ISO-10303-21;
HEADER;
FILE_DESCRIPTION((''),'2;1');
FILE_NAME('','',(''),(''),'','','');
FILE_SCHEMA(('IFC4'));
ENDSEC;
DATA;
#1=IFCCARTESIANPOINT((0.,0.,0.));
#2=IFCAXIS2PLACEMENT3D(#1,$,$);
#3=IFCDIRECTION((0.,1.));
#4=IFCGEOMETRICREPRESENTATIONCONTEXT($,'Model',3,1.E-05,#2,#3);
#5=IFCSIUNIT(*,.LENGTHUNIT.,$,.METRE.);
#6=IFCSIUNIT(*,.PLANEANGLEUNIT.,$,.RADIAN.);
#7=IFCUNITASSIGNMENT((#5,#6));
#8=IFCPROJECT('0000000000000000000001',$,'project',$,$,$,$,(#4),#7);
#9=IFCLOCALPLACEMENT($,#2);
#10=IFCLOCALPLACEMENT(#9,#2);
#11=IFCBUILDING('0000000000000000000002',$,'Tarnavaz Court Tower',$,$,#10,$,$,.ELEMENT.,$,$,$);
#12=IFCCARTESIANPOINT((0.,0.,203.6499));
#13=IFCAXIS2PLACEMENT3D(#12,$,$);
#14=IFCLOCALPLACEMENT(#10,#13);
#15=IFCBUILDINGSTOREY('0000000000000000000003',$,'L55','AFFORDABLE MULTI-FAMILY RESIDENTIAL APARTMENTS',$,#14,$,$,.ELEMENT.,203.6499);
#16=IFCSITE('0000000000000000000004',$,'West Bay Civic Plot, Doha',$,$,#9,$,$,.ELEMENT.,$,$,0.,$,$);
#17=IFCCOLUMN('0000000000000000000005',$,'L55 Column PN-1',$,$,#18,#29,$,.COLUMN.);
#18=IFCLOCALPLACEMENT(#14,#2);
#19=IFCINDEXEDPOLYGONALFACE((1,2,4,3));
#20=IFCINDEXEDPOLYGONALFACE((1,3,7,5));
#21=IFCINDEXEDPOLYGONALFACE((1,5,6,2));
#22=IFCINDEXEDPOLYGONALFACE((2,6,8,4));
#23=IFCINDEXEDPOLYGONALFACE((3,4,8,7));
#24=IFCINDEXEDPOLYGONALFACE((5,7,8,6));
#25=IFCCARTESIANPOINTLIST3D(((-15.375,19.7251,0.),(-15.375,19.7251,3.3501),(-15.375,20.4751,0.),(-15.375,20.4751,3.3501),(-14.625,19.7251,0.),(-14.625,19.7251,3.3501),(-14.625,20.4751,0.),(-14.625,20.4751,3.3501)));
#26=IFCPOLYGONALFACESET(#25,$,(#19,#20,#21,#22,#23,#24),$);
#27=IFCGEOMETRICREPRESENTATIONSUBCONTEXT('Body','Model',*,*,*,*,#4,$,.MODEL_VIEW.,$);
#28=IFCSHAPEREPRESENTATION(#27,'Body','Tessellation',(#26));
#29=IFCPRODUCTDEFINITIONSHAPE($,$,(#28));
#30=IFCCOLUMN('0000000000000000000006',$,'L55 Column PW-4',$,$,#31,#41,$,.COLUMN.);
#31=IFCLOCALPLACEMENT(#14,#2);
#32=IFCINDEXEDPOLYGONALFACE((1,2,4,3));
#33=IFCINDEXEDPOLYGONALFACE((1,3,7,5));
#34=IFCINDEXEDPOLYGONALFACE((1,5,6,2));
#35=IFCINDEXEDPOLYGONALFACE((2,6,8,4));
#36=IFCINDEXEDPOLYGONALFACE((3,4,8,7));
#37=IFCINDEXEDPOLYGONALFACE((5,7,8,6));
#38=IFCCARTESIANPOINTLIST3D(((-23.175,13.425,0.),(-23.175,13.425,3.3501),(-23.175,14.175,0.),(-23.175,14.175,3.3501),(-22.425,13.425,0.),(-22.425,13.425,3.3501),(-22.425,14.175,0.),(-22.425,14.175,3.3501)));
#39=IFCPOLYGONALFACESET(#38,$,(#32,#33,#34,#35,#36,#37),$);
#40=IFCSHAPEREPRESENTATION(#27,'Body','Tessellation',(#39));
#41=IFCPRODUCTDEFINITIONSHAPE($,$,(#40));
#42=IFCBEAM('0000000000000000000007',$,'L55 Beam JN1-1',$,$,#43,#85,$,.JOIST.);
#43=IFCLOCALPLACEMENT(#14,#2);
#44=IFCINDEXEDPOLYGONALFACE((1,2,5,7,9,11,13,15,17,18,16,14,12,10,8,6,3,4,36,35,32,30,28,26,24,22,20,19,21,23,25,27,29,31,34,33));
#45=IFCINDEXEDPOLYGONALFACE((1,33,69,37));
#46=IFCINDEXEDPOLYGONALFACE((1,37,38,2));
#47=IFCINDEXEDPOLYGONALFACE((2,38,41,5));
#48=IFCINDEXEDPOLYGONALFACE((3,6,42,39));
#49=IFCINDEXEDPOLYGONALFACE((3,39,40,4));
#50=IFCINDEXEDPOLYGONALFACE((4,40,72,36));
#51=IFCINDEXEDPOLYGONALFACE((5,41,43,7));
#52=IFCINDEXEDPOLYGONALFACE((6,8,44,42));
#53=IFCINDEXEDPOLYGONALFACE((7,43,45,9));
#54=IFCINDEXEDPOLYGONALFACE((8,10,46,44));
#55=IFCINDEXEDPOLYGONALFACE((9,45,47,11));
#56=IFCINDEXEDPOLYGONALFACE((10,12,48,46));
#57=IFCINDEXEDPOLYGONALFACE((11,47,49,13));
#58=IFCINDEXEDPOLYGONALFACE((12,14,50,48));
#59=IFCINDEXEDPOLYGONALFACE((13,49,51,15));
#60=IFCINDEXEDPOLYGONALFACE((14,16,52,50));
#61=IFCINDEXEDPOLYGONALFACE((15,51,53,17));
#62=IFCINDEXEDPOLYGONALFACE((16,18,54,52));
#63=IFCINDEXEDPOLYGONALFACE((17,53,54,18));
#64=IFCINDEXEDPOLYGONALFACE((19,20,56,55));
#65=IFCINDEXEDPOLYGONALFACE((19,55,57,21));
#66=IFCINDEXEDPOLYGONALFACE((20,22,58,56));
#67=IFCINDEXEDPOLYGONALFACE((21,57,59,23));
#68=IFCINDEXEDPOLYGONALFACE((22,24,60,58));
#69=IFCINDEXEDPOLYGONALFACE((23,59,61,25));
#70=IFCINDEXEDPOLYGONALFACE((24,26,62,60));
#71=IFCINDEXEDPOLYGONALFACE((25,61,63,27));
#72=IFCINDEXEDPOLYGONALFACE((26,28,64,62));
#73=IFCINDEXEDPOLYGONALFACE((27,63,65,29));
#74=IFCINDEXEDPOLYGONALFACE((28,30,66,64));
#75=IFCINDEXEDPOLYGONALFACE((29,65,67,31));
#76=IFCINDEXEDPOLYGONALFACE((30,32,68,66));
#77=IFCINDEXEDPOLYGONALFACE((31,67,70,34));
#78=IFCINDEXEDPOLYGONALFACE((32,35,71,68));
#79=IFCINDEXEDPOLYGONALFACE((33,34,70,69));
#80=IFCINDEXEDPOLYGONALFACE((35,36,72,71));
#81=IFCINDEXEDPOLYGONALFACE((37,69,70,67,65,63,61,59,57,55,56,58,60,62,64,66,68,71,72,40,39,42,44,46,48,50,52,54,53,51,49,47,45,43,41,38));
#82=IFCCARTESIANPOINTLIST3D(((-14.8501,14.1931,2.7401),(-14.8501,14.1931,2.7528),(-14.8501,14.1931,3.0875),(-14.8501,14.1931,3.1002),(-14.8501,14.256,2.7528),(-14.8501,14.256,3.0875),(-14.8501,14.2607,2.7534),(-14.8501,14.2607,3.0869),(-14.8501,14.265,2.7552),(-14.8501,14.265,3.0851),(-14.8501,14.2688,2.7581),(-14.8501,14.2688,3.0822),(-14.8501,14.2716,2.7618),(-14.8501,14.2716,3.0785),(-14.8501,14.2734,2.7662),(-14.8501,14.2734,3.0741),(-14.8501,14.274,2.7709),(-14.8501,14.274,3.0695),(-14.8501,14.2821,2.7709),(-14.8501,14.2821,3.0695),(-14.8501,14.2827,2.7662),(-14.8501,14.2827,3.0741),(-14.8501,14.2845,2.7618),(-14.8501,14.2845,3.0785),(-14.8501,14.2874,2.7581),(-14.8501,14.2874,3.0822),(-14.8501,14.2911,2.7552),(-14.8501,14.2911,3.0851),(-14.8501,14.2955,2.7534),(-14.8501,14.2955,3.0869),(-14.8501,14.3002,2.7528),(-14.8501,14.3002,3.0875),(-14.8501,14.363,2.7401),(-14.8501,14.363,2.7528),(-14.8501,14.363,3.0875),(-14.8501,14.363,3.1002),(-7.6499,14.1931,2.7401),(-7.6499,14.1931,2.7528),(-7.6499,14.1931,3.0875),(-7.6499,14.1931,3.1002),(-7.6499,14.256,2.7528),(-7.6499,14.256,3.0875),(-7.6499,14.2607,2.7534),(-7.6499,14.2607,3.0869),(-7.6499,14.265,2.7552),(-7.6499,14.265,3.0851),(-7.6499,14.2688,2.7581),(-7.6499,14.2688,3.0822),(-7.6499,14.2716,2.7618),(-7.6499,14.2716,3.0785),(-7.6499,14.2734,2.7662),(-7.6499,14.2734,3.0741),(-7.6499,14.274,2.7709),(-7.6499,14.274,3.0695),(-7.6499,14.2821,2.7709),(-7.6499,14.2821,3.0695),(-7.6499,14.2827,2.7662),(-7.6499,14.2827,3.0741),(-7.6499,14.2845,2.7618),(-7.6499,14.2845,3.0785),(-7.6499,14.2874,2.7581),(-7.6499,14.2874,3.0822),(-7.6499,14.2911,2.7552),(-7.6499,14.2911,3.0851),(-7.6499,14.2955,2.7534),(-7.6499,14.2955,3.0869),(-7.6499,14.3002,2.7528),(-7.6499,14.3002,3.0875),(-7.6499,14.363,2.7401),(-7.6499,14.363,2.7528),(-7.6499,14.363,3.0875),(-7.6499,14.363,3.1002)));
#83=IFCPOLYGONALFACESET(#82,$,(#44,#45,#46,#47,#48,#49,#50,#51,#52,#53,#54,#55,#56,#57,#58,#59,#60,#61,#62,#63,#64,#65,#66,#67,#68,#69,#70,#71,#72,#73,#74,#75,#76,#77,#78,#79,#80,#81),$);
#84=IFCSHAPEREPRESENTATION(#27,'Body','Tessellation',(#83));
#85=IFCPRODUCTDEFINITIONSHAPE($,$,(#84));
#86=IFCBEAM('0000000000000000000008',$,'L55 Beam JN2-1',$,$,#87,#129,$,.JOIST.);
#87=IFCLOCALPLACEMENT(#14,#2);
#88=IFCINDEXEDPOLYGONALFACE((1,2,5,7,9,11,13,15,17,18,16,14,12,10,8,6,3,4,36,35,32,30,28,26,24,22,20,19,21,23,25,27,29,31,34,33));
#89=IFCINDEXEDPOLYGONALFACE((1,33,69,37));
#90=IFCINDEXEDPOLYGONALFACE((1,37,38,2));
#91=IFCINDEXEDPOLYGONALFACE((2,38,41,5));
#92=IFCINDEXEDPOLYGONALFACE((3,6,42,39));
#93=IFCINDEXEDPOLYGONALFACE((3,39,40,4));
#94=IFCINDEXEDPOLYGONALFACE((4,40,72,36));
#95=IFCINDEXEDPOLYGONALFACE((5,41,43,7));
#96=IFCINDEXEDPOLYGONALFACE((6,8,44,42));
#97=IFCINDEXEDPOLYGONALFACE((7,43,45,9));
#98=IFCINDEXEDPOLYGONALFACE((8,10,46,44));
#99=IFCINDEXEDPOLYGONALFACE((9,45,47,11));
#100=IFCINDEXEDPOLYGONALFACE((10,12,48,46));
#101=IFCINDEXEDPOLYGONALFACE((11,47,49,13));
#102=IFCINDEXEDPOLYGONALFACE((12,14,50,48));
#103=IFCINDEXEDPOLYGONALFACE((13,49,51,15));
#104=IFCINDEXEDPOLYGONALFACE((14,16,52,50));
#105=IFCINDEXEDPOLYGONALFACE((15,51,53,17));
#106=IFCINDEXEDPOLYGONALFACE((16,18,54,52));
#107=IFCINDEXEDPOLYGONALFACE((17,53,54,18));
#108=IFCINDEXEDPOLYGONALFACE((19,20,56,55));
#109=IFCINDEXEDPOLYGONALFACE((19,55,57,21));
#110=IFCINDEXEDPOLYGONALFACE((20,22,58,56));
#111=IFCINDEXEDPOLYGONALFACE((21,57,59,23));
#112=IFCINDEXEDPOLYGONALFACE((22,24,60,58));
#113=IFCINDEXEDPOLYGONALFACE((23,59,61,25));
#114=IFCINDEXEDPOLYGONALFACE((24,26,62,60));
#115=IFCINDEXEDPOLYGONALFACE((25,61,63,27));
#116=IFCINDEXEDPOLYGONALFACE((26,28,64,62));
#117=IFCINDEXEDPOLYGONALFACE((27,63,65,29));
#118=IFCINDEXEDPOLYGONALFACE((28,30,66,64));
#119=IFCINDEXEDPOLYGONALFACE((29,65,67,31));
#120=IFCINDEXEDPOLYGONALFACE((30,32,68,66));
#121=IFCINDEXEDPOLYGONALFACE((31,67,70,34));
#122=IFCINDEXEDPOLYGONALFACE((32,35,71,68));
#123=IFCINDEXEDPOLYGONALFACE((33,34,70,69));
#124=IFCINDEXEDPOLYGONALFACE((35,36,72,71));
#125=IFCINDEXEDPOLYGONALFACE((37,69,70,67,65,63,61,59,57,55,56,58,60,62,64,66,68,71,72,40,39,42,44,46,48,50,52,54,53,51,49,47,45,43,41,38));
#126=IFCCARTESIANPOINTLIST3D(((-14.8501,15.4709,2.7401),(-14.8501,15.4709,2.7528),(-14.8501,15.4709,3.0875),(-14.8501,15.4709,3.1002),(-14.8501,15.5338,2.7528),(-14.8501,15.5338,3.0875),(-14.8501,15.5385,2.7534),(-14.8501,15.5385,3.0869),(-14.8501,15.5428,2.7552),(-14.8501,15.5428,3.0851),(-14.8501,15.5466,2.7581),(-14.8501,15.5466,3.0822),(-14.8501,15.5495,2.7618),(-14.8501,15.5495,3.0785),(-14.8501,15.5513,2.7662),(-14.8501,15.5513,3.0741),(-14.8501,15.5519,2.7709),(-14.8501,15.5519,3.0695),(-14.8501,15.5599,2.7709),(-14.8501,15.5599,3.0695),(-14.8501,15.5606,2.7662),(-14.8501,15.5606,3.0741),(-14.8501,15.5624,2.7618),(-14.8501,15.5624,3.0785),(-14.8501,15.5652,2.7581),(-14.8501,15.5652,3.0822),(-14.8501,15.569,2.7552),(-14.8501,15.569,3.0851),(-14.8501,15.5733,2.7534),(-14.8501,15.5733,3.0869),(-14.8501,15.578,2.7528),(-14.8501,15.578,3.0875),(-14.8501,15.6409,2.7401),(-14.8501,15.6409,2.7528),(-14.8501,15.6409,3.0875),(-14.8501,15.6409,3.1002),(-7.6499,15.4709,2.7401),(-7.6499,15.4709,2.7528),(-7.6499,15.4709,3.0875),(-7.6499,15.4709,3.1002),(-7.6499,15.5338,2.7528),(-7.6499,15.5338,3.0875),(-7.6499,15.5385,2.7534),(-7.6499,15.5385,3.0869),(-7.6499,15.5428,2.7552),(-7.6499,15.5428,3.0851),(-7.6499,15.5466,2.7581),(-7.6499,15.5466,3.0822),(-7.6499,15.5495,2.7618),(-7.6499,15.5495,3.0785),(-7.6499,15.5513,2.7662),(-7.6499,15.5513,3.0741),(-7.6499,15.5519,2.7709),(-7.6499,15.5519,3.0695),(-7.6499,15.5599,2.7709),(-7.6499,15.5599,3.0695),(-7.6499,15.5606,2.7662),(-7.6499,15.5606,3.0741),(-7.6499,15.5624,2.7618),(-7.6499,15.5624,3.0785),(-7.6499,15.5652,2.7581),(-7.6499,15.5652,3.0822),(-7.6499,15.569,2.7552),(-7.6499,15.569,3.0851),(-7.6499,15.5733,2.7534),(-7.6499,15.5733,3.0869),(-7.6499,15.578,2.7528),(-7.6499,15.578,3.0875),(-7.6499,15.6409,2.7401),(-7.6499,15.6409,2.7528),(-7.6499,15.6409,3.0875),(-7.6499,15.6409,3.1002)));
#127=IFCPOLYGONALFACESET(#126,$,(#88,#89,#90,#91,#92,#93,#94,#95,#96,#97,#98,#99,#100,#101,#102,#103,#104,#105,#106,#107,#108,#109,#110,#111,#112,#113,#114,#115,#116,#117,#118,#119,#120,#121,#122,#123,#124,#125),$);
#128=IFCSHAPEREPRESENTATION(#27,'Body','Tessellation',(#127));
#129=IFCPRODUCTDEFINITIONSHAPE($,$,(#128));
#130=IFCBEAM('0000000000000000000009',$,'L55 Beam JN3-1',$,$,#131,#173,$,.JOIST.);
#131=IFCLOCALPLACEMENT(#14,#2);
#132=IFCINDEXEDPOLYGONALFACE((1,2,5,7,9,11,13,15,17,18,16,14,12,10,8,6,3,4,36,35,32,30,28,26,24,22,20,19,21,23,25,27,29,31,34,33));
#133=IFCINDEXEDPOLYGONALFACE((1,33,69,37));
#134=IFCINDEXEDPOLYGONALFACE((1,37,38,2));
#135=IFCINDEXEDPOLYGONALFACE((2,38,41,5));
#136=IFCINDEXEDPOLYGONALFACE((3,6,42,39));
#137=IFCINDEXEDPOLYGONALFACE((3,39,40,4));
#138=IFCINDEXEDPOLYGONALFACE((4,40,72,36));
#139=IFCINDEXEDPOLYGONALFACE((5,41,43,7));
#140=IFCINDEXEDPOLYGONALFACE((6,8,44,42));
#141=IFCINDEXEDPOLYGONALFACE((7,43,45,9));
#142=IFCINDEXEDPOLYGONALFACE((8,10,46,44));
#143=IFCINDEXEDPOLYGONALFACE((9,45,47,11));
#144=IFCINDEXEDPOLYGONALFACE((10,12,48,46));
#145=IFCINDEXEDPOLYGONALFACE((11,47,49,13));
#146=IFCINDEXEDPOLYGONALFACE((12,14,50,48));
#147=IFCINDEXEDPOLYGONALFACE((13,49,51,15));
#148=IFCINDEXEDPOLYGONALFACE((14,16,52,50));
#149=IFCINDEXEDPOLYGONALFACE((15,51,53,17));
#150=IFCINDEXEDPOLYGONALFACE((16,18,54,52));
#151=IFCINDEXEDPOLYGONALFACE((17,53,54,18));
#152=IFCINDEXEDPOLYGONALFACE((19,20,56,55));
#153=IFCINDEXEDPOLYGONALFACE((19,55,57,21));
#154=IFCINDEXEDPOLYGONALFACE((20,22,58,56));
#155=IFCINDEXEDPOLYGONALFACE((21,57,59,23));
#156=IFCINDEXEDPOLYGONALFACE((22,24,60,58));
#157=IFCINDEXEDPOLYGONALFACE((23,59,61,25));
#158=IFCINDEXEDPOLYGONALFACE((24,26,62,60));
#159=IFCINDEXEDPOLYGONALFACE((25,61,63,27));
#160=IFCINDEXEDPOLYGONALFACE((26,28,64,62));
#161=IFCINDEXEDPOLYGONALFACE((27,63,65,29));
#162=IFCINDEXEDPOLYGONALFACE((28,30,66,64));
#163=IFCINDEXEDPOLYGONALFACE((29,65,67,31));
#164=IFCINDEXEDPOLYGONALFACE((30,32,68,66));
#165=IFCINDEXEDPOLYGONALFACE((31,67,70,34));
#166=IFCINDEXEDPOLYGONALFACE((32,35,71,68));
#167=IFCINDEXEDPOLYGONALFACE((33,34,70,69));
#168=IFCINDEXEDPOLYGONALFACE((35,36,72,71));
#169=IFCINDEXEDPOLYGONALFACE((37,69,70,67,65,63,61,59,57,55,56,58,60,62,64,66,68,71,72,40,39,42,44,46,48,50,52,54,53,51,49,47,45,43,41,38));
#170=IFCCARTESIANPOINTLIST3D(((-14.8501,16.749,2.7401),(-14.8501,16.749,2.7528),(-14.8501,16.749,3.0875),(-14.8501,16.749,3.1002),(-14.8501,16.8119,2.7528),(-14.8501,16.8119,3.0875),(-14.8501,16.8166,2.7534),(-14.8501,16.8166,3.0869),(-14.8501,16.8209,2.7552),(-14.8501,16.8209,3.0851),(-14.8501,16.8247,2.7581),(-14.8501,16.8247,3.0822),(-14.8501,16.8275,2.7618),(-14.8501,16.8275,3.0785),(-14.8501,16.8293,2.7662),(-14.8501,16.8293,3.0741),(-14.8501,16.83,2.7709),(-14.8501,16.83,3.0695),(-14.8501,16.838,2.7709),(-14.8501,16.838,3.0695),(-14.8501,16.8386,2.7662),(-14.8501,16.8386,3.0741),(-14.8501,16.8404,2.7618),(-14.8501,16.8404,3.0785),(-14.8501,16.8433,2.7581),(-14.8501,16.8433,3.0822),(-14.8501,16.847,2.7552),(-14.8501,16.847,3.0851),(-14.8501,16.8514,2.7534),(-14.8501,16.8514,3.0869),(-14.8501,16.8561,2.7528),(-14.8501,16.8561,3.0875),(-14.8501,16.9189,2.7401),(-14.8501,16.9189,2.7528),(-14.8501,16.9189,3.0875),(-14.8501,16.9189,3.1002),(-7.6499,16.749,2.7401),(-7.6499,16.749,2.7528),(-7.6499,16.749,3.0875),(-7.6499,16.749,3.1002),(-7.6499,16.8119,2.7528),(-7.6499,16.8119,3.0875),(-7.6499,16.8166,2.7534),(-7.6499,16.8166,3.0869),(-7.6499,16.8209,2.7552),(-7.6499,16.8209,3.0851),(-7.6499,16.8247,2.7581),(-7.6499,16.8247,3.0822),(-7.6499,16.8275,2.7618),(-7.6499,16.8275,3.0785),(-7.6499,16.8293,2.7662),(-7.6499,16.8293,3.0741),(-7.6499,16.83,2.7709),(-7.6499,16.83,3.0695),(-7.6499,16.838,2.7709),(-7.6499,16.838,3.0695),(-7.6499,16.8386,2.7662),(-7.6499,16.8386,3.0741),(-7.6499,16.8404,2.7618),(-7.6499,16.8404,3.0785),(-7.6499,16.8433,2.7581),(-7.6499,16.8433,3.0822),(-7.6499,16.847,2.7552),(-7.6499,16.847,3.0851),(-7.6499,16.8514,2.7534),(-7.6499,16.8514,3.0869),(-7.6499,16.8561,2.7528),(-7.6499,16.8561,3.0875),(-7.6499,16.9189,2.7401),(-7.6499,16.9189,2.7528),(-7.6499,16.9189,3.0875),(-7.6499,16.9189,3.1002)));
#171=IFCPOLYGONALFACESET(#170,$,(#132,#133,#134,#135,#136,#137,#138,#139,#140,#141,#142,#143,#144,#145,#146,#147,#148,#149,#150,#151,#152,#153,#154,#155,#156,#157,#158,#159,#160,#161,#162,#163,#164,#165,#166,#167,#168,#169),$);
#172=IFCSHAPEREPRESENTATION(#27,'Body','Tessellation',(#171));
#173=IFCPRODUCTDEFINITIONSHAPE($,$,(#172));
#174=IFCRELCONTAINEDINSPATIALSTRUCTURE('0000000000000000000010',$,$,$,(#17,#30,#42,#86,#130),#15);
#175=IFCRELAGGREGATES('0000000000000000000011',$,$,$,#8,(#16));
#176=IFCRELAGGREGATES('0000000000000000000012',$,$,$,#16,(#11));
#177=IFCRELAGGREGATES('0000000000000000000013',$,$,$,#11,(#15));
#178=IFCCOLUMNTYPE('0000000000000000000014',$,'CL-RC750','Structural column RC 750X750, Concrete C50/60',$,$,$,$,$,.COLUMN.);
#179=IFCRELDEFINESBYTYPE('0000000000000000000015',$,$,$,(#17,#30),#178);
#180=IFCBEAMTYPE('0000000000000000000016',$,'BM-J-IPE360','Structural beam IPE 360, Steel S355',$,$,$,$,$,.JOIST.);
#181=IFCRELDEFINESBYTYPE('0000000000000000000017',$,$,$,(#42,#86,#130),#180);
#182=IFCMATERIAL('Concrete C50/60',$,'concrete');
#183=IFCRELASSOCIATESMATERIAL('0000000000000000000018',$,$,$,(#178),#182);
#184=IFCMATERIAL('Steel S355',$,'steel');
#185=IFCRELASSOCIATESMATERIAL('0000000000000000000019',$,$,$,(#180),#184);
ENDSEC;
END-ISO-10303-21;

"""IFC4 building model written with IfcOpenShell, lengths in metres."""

from ifc_helpers import new_model, si_unit, direction, frame, origin, origin_2d, place, context, subcontext, project, spatial, rectangle, i_section, extrude, material, material_profile, profile_set, type_object, element, save


model = new_model("IFC4")

# Units and contexts
model_context = context("Model", 3, precision=1e-05, world=origin(), true_north=direction((0.0, 1.0)))
body_context = subcontext(model_context, "Body", "Model", "MODEL_VIEW")
ifc_project = project(units=[si_unit("LENGTHUNIT", "METRE"), si_unit("PLANEANGLEUNIT", "RADIAN")], contexts=[model_context])

# Site, building, storey
site_placement = place(None, origin())
site = spatial("IfcSite", under=ifc_project, at=site_placement, Name="West Bay Civic Plot, Doha", CompositionType="ELEMENT", RefElevation=0.0)
building_placement = place(site_placement, origin())
building = spatial("IfcBuilding", under=site, at=building_placement, Name="Tarnavaz Court Tower", CompositionType="ELEMENT")
storey_placement = place(building_placement, frame((0.0, 0.0, 203.6499)))
storey = spatial("IfcBuildingStorey", under=building, at=storey_placement, Name="L55", Description="AFFORDABLE MULTI-FAMILY RESIDENTIAL APARTMENTS", CompositionType="ELEMENT", Elevation=203.6499)

# Columns
ifc_material_1 = material(Name="Concrete C50/60", Category="concrete")
ifc_material_profile_1 = material_profile(ifc_material_1, rectangle(XDim=0.75, YDim=0.75, at=origin_2d()), Name="RC 750X750")
ifc_profile_set_1 = profile_set([ifc_material_profile_1], Name="Concrete C50/60")
column_type = type_object("IfcColumnType", Name="CL-RC750", Description="Structural column RC 750X750, Concrete C50/60", PredefinedType="COLUMN", material=ifc_profile_set_1)
for number, where, z_axis, x_axis, name in (
    (1, (-15.0, 20.1001, 0.0), (0.0, 0.0, 1.0), (1.0, 0.0, 0.0), "L55 Column PN-1"),
    (2, (-22.8, 13.8, 0.0), (0.0, 0.0, 1.0), (1.0, 0.0, 0.0), "L55 Column PW-4"),
):
    element("IfcColumn", number, at=place(storey_placement, frame(where, z_axis=z_axis, x_axis=x_axis)), inside=storey, type_object=column_type, Name=name, PredefinedType="COLUMN", context=body_context, shape_type="SweptSolid", body=[
        extrude(rectangle(XDim=0.75, YDim=0.75, at=origin_2d()), origin(), (0.0, 0.0, 1.0), 3.3501),
    ])

# Beams
ifc_material_2 = material(Name="Steel S355", Category="steel")
ifc_material_profile_2 = material_profile(ifc_material_2, i_section(OverallWidth=0.1699, OverallDepth=0.3601, WebThickness=0.0081, FlangeThickness=0.0127, FilletRadius=0.0181, at=origin_2d()), Name="IPE 360")
ifc_profile_set_2 = profile_set([ifc_material_profile_2], Name="Steel S355")
beam_type_1 = type_object("IfcBeamType", Name="BM-J-IPE360", Description="Structural beam IPE 360, Steel S355", PredefinedType="JOIST", material=ifc_profile_set_2)
for number, where, z_axis, x_axis, name in (
    (3, (-14.8501, 14.2781, 2.9202), (1.0, 0.0, 0.0), (0.0, 1.0, 0.0), "L55 Beam JN1-1"),
    (4, (-14.8501, 15.5559, 2.9202), (1.0, 0.0, 0.0), (0.0, 1.0, 0.0), "L55 Beam JN2-1"),
    (5, (-14.8501, 16.834, 2.9202), (1.0, 0.0, 0.0), (0.0, 1.0, 0.0), "L55 Beam JN3-1"),
):
    element("IfcBeam", number, at=place(storey_placement, frame(where, z_axis=z_axis, x_axis=x_axis)), inside=storey, type_object=beam_type_1, Name=name, PredefinedType="JOIST", context=body_context, shape_type="SweptSolid", body=[
        extrude(i_section(OverallWidth=0.1699, OverallDepth=0.3601, WebThickness=0.0081, FlangeThickness=0.0127, FilletRadius=0.0181, at=origin_2d()), origin(), (0.0, 0.0, 1.0), 7.2002),
    ])

save(model, "model.ifc")
